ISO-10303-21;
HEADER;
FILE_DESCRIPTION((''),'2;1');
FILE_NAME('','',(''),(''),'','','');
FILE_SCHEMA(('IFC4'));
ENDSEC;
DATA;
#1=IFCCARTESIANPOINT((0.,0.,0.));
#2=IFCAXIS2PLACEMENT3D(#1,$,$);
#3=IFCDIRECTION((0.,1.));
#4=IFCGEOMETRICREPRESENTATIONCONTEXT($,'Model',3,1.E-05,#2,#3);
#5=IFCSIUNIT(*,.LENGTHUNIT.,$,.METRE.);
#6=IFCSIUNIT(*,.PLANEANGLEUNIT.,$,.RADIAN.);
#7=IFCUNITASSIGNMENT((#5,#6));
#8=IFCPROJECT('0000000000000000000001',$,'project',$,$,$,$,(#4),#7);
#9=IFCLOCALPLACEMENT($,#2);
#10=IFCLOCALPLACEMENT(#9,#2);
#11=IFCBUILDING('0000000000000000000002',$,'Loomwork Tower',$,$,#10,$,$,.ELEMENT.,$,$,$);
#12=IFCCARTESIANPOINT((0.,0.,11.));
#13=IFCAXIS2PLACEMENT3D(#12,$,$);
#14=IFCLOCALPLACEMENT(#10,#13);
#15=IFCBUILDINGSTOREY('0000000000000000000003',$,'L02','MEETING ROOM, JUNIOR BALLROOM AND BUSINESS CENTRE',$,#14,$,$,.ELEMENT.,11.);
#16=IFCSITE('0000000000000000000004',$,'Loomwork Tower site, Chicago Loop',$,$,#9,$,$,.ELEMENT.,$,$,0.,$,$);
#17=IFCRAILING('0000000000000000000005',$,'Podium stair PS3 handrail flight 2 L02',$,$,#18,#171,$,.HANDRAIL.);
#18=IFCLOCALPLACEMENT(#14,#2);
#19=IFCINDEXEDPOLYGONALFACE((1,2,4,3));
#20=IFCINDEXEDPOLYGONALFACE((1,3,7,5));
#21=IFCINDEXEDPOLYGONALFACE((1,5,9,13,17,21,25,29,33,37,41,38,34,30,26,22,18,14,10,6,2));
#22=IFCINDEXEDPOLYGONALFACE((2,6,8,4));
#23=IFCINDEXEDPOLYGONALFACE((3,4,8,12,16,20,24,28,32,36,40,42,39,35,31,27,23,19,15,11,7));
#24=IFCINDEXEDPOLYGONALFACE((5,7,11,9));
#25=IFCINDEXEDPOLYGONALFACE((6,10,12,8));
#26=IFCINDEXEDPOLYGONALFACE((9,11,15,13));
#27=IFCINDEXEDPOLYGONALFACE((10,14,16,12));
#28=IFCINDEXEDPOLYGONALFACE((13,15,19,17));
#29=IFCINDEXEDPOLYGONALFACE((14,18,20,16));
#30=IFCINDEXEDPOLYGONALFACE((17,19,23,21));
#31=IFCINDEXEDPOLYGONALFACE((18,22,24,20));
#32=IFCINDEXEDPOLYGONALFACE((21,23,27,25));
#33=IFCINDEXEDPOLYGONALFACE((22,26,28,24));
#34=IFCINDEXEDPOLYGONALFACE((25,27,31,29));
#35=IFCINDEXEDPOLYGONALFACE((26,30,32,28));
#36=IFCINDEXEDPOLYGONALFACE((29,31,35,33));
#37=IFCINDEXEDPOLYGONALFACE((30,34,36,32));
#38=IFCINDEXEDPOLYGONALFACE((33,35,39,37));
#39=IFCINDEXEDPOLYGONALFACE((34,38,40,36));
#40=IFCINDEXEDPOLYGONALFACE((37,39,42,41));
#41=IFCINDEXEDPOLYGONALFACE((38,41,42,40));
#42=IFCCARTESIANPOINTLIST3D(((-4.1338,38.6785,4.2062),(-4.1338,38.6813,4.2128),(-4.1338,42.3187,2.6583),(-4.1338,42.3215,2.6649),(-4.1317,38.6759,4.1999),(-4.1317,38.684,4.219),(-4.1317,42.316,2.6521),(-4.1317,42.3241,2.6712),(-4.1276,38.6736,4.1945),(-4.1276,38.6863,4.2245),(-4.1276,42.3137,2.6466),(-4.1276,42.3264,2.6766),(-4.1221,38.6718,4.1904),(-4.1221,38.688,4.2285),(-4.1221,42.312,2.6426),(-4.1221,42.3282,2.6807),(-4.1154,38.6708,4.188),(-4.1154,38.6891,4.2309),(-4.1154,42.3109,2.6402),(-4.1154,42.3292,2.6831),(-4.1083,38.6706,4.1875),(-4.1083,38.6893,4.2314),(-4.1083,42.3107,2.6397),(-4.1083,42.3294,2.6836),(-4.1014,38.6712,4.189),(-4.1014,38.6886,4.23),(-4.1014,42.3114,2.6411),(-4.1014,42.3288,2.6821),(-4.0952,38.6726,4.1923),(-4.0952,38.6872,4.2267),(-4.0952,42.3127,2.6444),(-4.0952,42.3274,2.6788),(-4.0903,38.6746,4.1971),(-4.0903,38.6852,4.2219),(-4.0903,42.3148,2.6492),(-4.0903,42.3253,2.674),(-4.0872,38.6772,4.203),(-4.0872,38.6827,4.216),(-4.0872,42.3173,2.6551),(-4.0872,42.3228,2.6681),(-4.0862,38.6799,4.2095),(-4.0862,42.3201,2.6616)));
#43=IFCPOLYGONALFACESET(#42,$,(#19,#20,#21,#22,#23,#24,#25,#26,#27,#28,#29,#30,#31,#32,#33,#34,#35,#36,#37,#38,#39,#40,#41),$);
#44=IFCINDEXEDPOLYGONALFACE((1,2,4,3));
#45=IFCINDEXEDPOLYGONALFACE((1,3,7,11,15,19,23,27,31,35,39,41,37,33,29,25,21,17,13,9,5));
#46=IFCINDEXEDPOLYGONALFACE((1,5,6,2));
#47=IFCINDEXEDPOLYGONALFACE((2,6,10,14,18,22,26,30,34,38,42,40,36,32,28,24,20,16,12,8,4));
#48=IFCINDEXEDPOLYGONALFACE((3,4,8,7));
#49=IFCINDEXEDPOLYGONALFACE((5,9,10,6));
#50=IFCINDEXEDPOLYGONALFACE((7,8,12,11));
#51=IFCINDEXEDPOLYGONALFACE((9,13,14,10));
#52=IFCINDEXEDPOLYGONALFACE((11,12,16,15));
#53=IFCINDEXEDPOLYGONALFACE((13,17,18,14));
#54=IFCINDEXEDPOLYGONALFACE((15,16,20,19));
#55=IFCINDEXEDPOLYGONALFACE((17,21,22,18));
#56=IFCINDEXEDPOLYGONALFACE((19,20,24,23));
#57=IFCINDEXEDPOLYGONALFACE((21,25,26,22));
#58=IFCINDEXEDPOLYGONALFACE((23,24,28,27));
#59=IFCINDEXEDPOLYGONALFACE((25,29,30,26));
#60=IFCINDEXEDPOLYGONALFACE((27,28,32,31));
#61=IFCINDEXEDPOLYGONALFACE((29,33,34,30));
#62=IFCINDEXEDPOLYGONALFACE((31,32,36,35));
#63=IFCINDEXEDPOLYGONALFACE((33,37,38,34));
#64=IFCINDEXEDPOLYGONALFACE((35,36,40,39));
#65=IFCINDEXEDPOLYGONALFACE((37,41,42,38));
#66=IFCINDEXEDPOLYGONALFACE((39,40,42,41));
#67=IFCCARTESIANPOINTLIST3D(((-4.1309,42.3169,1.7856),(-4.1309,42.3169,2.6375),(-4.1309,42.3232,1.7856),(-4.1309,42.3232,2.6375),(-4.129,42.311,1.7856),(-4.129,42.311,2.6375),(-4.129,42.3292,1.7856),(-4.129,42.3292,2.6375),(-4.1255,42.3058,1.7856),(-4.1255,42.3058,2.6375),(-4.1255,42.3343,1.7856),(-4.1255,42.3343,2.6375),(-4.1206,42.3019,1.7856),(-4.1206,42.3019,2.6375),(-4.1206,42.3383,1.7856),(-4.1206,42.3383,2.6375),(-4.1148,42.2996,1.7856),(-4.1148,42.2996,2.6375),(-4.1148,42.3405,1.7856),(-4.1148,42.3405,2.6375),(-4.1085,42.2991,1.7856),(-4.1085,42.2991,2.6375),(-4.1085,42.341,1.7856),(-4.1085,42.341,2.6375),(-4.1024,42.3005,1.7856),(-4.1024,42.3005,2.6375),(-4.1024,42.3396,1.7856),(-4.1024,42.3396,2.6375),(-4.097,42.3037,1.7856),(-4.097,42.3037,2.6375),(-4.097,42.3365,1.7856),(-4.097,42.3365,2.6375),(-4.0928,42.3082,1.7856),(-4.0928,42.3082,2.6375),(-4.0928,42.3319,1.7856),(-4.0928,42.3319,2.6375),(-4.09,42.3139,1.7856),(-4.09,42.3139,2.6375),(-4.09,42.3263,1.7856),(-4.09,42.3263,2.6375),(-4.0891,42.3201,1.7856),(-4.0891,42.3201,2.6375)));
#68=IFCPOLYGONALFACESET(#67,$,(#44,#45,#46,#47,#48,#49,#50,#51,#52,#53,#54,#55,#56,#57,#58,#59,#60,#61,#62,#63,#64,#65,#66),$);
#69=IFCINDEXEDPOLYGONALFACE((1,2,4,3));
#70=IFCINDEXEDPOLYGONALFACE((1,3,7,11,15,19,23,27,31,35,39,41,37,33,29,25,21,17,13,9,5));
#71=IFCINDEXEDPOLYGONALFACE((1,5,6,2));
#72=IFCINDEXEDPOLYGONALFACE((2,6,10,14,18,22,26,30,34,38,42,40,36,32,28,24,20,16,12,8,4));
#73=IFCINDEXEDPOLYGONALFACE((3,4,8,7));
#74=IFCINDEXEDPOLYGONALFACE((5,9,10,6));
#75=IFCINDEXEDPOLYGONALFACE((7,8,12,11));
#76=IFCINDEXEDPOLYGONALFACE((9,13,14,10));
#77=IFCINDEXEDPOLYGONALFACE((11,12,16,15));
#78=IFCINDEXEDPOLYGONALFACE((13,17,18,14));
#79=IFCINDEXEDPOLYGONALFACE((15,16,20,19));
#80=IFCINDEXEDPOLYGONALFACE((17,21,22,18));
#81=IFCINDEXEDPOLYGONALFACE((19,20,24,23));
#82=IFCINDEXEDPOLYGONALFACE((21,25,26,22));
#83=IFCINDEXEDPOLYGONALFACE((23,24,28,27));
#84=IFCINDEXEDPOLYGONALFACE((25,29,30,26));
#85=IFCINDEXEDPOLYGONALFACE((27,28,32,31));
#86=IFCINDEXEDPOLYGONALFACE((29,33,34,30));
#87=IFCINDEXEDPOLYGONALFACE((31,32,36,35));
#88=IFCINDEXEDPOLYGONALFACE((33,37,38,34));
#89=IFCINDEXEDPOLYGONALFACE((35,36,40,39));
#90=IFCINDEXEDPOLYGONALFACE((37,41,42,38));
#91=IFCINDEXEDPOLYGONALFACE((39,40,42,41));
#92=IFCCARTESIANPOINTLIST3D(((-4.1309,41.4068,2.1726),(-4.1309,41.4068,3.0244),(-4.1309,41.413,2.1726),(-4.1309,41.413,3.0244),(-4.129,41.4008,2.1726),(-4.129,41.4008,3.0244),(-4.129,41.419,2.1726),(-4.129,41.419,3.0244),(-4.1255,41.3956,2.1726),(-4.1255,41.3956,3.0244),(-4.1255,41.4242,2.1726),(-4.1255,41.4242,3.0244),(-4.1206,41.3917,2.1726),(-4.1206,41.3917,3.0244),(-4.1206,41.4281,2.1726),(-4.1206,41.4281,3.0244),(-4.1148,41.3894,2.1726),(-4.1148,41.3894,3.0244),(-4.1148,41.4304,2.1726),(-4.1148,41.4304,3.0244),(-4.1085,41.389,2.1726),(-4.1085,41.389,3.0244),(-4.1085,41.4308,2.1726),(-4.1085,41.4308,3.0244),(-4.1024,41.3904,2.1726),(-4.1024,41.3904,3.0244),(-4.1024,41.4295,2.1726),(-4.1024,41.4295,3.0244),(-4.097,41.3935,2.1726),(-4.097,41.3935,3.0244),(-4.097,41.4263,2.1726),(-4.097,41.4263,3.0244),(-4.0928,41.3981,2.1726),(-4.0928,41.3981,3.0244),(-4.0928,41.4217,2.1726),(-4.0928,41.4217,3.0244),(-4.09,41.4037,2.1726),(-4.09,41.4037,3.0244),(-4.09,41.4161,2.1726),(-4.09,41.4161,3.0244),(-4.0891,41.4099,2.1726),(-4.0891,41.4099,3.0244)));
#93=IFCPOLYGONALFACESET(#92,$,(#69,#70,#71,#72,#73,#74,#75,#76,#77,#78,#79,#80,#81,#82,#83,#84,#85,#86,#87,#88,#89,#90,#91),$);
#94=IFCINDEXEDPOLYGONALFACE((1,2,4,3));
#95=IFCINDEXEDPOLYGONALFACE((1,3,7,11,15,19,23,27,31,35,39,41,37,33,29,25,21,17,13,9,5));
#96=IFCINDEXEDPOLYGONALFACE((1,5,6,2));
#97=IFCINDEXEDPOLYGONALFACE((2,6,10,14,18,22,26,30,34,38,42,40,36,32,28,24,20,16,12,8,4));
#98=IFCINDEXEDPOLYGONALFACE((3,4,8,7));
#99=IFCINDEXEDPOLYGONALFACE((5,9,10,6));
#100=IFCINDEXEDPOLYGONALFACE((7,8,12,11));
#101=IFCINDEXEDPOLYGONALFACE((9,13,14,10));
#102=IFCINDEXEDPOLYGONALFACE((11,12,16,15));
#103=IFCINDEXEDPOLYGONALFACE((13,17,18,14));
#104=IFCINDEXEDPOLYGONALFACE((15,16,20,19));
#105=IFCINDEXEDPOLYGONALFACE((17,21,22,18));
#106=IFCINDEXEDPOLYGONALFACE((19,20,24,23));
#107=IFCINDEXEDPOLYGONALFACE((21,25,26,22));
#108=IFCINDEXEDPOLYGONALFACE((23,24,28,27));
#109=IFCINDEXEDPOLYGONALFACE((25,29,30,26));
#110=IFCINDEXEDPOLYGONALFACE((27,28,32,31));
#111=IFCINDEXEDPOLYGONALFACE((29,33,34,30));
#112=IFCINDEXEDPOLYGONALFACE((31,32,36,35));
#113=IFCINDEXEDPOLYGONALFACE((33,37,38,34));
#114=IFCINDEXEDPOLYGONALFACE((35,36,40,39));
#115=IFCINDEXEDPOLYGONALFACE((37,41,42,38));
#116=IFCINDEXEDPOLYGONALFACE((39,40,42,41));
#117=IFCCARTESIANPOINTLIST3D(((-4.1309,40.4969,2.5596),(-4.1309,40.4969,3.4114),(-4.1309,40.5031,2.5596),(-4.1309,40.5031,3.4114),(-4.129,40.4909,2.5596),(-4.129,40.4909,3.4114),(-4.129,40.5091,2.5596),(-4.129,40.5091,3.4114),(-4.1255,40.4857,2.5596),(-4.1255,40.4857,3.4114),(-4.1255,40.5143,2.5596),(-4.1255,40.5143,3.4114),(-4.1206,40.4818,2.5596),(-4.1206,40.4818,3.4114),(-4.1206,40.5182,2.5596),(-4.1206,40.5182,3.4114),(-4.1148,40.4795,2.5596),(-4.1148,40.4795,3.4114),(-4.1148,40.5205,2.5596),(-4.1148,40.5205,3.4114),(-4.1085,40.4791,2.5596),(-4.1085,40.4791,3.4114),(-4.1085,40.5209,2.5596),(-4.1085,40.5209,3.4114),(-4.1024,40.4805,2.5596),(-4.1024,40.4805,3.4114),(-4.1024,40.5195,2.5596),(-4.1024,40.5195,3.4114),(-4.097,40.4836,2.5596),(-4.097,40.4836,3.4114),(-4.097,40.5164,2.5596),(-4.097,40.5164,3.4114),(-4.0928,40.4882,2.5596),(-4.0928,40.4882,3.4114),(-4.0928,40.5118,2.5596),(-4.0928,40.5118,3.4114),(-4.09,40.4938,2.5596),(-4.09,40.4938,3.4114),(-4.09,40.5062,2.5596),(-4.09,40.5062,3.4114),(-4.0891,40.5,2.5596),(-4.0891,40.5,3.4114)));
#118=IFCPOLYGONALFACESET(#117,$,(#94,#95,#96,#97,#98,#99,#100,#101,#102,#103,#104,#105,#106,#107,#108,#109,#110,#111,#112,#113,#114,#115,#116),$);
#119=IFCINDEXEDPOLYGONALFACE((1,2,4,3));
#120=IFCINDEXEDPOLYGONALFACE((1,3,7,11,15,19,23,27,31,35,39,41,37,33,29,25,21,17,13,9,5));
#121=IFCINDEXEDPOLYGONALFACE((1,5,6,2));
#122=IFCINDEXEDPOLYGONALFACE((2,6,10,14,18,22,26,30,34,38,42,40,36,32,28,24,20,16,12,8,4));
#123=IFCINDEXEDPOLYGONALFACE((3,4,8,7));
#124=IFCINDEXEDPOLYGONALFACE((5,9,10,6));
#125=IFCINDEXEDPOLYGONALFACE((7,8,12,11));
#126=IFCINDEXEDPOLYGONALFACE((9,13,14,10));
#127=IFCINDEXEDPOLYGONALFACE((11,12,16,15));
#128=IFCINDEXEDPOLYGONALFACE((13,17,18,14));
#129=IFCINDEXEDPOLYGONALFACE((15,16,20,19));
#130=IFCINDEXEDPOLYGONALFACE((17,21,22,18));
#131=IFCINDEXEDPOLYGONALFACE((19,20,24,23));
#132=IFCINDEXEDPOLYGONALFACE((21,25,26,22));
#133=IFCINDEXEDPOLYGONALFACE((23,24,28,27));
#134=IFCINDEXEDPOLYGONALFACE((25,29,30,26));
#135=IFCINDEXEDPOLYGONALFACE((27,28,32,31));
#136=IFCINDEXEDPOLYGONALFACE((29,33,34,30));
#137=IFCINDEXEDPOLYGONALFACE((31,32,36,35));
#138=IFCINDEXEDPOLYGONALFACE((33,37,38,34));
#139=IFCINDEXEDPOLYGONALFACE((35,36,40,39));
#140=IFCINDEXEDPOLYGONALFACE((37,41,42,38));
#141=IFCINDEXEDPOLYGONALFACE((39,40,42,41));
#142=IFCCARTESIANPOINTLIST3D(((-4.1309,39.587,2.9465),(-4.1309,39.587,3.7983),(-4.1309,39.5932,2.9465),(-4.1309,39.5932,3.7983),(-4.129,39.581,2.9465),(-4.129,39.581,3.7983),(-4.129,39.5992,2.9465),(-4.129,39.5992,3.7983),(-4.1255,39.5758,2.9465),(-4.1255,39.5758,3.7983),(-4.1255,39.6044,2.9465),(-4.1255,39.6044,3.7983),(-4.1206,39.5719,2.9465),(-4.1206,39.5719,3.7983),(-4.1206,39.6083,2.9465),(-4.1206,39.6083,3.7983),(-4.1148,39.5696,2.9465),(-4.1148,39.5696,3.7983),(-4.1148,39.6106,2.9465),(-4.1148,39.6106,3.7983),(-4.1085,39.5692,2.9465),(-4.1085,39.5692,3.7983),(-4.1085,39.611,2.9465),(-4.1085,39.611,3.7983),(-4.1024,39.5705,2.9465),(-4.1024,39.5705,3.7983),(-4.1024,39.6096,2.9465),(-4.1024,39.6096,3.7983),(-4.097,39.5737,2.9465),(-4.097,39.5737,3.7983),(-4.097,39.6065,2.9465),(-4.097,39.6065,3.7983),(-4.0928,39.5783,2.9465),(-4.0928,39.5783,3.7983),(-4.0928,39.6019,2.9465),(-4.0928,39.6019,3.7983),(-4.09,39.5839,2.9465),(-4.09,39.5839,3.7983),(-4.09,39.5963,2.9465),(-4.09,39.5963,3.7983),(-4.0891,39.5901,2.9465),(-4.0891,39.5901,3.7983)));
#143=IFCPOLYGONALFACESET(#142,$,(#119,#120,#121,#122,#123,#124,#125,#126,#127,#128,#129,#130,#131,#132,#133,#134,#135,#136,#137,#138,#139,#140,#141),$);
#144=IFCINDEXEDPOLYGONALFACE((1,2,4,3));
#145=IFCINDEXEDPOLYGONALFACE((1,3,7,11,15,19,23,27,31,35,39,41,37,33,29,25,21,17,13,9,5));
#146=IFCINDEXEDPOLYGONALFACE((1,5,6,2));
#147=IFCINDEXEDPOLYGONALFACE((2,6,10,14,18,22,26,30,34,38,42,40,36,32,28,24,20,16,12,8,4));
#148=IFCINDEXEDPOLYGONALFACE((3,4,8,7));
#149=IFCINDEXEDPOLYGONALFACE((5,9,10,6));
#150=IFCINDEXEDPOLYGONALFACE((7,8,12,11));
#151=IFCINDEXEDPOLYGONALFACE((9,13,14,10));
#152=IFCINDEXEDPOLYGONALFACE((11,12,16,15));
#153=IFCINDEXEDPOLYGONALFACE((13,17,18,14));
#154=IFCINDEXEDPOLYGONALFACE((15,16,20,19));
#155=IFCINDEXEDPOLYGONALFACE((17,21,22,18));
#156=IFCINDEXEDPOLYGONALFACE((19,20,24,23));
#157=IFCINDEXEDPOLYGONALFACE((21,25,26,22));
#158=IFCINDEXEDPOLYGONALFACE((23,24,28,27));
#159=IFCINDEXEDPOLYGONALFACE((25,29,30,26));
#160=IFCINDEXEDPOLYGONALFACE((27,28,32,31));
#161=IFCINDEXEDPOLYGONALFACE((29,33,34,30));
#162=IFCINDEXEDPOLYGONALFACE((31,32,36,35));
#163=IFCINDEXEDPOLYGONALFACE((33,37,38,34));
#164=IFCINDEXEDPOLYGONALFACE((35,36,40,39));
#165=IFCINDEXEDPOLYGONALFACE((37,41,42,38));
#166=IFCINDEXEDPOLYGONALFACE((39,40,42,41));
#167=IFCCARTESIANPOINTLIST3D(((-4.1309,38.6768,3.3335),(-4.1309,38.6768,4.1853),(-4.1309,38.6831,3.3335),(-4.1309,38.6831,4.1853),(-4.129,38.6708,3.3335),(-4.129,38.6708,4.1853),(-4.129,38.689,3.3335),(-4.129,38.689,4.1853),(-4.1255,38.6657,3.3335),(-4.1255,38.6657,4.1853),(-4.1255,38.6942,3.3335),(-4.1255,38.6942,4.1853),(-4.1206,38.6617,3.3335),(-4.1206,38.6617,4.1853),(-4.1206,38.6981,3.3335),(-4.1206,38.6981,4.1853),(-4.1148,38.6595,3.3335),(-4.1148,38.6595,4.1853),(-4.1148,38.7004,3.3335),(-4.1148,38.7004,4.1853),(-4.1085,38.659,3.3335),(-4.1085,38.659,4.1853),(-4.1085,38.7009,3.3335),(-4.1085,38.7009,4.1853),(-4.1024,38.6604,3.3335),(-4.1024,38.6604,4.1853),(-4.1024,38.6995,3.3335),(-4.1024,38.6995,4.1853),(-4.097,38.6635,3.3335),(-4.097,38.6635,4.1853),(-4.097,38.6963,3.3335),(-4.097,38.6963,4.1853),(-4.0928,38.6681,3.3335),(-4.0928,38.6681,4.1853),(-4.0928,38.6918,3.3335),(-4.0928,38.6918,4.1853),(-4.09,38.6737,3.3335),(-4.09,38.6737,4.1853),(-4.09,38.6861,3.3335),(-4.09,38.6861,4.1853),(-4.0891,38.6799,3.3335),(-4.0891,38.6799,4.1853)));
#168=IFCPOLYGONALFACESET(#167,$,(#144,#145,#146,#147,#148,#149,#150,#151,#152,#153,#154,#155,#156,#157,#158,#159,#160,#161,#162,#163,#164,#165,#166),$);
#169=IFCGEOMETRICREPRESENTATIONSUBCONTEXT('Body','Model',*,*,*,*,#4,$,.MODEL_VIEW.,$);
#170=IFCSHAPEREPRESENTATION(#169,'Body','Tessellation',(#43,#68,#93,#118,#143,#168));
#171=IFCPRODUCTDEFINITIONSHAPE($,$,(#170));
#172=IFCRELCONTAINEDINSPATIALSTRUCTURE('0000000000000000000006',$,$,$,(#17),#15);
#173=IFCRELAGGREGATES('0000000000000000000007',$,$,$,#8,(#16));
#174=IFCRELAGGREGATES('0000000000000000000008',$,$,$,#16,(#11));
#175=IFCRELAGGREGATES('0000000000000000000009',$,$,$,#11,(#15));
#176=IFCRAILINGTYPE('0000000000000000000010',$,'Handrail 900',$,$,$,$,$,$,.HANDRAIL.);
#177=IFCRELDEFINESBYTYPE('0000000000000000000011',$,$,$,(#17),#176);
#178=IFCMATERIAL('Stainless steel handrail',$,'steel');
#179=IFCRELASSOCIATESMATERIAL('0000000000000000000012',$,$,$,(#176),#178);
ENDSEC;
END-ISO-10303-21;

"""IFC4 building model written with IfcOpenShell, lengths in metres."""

from ifc_helpers import new_model, si_unit, direction, frame, origin, origin_2d, place, context, subcontext, project, spatial, circle, extrude, material, type_object, element, save


model = new_model("IFC4")

# Units and contexts
model_context = context("Model", 3, precision=1e-05, world=origin(), true_north=direction((0.0, 1.0)))
body_context = subcontext(model_context, "Body", "Model", "MODEL_VIEW")
ifc_project = project(units=[si_unit("LENGTHUNIT", "METRE"), si_unit("PLANEANGLEUNIT", "RADIAN")], contexts=[model_context])

# Site, building, storey
site_placement = place(None, origin())
site = spatial("IfcSite", under=ifc_project, at=site_placement, Name="Loomwork Tower site, Chicago Loop", CompositionType="ELEMENT", RefElevation=0.0)
building_placement = place(site_placement, origin())
building = spatial("IfcBuilding", under=site, at=building_placement, Name="Loomwork Tower", CompositionType="ELEMENT")
storey_placement = place(building_placement, frame((0.0, 0.0, 11.0)))
storey = spatial("IfcBuildingStorey", under=building, at=storey_placement, Name="L02", Description="MEETING ROOM, JUNIOR BALLROOM AND BUSINESS CENTRE", CompositionType="ELEMENT", Elevation=11.0)

# Railing
ifc_material_1 = material(Name="Stainless steel handrail", Category="steel")
railing_type = type_object("IfcRailingType", Name="Handrail 900", PredefinedType="HANDRAIL", material=ifc_material_1)
railing_1_placement = place(storey_placement, frame((-4.1101, 42.3201, 1.7856)))
element("IfcRailing", 1, at=railing_1_placement, inside=storey, type_object=railing_type, Name="Podium stair PS3 handrail flight 2 L02", PredefinedType="HANDRAIL", context=body_context, shape_type="SweptSolid", body=[
    extrude(circle(Radius=0.0239, at=origin_2d()), frame((0.0, 0.0, 0.876), z_axis=(0.0, -0.920259, 0.391311), x_axis=(1.0, 0.0, 0.0)), (0.0, 0.0, 1.0), 3.9556),
    extrude(circle(Radius=0.021, at=origin_2d()), origin(), (0.0, 0.0, 1.0), 0.8518),
    extrude(circle(Radius=0.021, at=origin_2d()), frame((0.0, -0.9102, 0.387)), (0.0, 0.0, 1.0), 0.8518),
    extrude(circle(Radius=0.021, at=origin_2d()), frame((0.0, -1.8201, 0.7739)), (0.0, 0.0, 1.0), 0.8518),
    extrude(circle(Radius=0.021, at=origin_2d()), frame((0.0, -2.73, 1.1609)), (0.0, 0.0, 1.0), 0.8518),
    extrude(circle(Radius=0.021, at=origin_2d()), frame((0.0, -3.6401, 1.5479)), (0.0, 0.0, 1.0), 0.8518),
])

save(model, "model.ifc")
